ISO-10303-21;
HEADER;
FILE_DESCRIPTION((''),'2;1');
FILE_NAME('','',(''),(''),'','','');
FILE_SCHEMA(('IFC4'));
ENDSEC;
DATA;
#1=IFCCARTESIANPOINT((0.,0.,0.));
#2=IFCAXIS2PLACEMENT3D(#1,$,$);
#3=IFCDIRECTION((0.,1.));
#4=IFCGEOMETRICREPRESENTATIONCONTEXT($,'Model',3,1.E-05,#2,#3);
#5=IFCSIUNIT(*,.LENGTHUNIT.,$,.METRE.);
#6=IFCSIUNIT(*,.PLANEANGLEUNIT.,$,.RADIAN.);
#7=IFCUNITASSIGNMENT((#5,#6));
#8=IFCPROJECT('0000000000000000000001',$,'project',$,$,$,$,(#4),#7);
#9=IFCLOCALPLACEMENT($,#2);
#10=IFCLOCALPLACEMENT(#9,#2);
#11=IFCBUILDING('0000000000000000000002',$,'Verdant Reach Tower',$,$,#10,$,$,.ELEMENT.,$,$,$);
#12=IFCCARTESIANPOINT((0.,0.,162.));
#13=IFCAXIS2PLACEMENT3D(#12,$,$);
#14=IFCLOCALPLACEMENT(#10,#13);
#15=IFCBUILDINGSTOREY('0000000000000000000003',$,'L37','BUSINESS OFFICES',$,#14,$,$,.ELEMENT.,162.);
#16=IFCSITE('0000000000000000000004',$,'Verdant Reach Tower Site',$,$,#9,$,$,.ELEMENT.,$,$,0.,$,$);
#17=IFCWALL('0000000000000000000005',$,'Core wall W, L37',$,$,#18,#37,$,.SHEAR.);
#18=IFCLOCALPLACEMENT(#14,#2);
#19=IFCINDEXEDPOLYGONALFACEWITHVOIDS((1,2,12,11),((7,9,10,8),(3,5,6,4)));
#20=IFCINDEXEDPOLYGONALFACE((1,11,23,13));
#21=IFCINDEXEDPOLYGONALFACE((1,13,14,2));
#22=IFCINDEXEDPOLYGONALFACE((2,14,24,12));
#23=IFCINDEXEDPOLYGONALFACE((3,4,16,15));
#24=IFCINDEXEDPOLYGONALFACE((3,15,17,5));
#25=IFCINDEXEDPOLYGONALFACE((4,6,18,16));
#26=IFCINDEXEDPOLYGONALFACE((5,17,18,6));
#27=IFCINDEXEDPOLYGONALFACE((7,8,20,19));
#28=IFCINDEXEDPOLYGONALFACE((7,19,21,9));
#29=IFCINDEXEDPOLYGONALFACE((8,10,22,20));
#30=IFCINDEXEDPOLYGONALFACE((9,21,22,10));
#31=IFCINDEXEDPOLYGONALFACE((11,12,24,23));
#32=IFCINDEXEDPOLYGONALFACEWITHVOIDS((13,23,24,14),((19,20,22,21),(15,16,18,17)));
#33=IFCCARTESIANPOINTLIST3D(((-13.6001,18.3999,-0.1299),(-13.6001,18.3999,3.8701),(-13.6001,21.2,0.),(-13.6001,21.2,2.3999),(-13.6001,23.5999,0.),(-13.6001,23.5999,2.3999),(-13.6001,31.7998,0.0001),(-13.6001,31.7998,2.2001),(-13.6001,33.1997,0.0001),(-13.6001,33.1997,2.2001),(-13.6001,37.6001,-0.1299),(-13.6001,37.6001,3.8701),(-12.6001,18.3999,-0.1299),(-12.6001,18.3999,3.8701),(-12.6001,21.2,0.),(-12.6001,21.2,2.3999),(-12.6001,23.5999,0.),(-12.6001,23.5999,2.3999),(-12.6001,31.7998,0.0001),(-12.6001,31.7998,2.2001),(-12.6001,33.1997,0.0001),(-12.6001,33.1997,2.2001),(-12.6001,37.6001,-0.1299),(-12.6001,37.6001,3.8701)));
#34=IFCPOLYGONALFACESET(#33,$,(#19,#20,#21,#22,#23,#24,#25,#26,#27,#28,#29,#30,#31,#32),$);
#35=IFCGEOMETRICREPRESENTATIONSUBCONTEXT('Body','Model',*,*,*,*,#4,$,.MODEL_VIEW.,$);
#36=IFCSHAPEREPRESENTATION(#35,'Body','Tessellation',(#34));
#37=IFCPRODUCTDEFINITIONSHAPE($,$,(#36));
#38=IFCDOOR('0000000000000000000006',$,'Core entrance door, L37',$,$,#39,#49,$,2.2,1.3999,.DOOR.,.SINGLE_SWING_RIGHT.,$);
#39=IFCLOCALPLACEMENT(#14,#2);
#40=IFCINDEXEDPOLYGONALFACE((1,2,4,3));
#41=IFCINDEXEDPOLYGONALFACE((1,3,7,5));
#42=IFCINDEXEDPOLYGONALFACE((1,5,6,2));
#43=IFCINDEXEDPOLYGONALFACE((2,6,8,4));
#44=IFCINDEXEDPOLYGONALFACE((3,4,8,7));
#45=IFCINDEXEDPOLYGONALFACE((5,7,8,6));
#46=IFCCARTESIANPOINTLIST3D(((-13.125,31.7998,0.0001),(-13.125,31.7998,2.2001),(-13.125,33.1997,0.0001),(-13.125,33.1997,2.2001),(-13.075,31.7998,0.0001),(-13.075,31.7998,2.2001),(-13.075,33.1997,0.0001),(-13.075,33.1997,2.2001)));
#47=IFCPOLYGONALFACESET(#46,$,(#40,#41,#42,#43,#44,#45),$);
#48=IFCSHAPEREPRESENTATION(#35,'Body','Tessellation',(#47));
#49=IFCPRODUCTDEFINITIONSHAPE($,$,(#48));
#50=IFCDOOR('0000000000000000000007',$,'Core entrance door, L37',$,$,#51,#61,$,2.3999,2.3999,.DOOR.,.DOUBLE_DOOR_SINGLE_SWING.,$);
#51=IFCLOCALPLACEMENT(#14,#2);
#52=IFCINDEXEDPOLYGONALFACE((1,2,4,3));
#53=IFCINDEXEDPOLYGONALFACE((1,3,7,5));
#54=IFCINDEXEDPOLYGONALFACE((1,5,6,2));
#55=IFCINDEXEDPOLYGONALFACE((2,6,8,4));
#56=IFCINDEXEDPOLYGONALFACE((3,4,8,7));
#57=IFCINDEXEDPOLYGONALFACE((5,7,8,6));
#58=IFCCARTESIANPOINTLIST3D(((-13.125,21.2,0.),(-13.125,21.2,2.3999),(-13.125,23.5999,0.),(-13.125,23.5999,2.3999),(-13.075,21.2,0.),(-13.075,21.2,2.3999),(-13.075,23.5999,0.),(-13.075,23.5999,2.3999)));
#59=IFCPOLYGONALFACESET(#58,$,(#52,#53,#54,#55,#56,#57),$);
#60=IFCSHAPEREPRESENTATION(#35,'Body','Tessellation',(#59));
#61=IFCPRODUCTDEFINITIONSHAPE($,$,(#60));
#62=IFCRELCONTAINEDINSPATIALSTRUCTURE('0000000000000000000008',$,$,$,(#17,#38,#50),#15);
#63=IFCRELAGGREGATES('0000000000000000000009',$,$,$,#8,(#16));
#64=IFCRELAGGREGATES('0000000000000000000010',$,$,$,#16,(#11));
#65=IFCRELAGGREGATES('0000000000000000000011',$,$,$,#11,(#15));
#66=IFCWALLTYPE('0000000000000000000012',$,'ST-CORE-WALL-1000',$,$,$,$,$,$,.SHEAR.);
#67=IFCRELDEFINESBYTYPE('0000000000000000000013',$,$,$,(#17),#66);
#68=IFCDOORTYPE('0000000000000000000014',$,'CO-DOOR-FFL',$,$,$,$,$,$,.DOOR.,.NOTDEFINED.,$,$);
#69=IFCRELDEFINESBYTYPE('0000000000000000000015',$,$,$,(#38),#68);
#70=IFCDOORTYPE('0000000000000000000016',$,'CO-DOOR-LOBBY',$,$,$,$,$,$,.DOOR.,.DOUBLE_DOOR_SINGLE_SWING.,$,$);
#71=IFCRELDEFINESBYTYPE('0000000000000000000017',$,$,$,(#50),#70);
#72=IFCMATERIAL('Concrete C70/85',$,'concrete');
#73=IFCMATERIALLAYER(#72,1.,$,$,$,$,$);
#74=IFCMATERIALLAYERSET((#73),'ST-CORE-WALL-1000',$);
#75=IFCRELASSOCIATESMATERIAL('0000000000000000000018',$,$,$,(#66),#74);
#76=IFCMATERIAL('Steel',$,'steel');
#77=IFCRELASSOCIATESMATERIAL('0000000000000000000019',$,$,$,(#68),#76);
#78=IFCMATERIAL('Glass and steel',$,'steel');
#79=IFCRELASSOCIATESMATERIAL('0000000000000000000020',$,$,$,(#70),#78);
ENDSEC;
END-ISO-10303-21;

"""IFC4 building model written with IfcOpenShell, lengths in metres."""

from ifc_helpers import new_model, si_unit, direction, frame, frame_2d, origin, place, context, subcontext, project, spatial, rectangle, extrude, material, layer, layer_set, type_object, element, fill, save


model = new_model("IFC4")

# Units and contexts
model_context = context("Model", 3, precision=1e-05, world=origin(), true_north=direction((0.0, 1.0)))
body_context = subcontext(model_context, "Body", "Model", "MODEL_VIEW")
ifc_project = project(units=[si_unit("LENGTHUNIT", "METRE"), si_unit("PLANEANGLEUNIT", "RADIAN")], contexts=[model_context])

# Site, building, storey
site_placement = place(None, origin())
site = spatial("IfcSite", under=ifc_project, at=site_placement, Name="Verdant Reach Tower Site", CompositionType="ELEMENT", RefElevation=0.0)
building_placement = place(site_placement, origin())
building = spatial("IfcBuilding", under=site, at=building_placement, Name="Verdant Reach Tower", CompositionType="ELEMENT")
storey_placement = place(building_placement, frame((0.0, 0.0, 162.0)))
storey = spatial("IfcBuildingStorey", under=building, at=storey_placement, Name="L37", Description="BUSINESS OFFICES", CompositionType="ELEMENT", Elevation=162.0)

# Wall, openings, doors
ifc_material_1 = material(Name="Concrete C70/85", Category="concrete")
ifc_layer_1 = layer(ifc_material_1, 1.0)
ifc_layer_set_1 = layer_set([ifc_layer_1], Name="ST-CORE-WALL-1000")
wall_type_1 = type_object("IfcWallType", Name="ST-CORE-WALL-1000", PredefinedType="SHEAR", material=ifc_layer_set_1)
wall_1_placement = place(storey_placement, frame((-13.1001, 18.3999, -0.1299), z_axis=(0.0, 0.0, 1.0), x_axis=(0.0, 1.0, 0.0)))
wall_1 = element("IfcWall", 1, at=wall_1_placement, inside=storey, type_object=wall_type_1, Name="Core wall W, L37", PredefinedType="SHEAR", context=body_context, shape_type="SweptSolid", body=[
    extrude(rectangle(XDim=19.2002, YDim=1.0, at=frame_2d((9.6001, 0.0))), origin(), (0.0, 0.0, 1.0), 4.0),
])
opening_1_placement = place(wall_1_placement, frame((2.8, 0.0, 0.1299)))
opening_1 = element("IfcOpeningElement", 2, at=opening_1_placement, cuts=wall_1, PredefinedType="OPENING", context=body_context, shape_type="SweptSolid", body=[
    extrude(rectangle(XDim=2.3999, YDim=2.3999, at=frame_2d((1.2, 1.2))), frame((0.0, 0.51, 0.0), z_axis=(0.0, -1.0, 0.0), x_axis=(1.0, 0.0, 0.0)), (0.0, 0.0, 1.0), 1.02),
])
opening_2_placement = place(wall_1_placement, frame((13.3999, 0.0, 0.1299)))
opening_2 = element("IfcOpeningElement", 3, at=opening_2_placement, cuts=wall_1, PredefinedType="OPENING", context=body_context, shape_type="SweptSolid", body=[
    extrude(rectangle(XDim=1.3999, YDim=2.2, at=frame_2d((0.7, 1.1001))), frame((0.0, 0.51, 0.0), z_axis=(0.0, -1.0, 0.0), x_axis=(1.0, 0.0, 0.0)), (0.0, 0.0, 1.0), 1.02),
])
ifc_material_2 = material(Name="Steel", Category="steel")
door_type_1 = type_object("IfcDoorType", Name="CO-DOOR-FFL", OperationType="NOTDEFINED", PredefinedType="DOOR", material=ifc_material_2)
door_1_placement = place(opening_2_placement, origin())
door_1 = element("IfcDoor", 4, at=door_1_placement, inside=storey, type_object=door_type_1, Name="Core entrance door, L37", OperationType="SINGLE_SWING_RIGHT", OverallHeight=2.2, OverallWidth=1.3999, PredefinedType="DOOR", context=body_context, shape_type="SweptSolid", body=[
    extrude(rectangle(XDim=1.3999, YDim=2.2, at=frame_2d((0.7, 1.1001))), frame((0.0, 0.0249, 0.0), z_axis=(0.0, -1.0, 0.0), x_axis=(1.0, 0.0, 0.0)), (0.0, 0.0, 1.0), 0.05),
])
fill(opening_2, door_1)
ifc_material_3 = material(Name="Glass and steel", Category="steel")
door_type_2 = type_object("IfcDoorType", Name="CO-DOOR-LOBBY", OperationType="DOUBLE_DOOR_SINGLE_SWING", PredefinedType="DOOR", material=ifc_material_3)
door_2_placement = place(opening_1_placement, origin())
door_2 = element("IfcDoor", 5, at=door_2_placement, inside=storey, type_object=door_type_2, Name="Core entrance door, L37", OperationType="DOUBLE_DOOR_SINGLE_SWING", OverallHeight=2.3999, OverallWidth=2.3999, PredefinedType="DOOR", context=body_context, shape_type="SweptSolid", body=[
    extrude(rectangle(XDim=2.3999, YDim=2.3999, at=frame_2d((1.2, 1.2))), frame((0.0, 0.0249, 0.0), z_axis=(0.0, -1.0, 0.0), x_axis=(1.0, 0.0, 0.0)), (0.0, 0.0, 1.0), 0.05),
])
fill(opening_1, door_2)

save(model, "model.ifc")
